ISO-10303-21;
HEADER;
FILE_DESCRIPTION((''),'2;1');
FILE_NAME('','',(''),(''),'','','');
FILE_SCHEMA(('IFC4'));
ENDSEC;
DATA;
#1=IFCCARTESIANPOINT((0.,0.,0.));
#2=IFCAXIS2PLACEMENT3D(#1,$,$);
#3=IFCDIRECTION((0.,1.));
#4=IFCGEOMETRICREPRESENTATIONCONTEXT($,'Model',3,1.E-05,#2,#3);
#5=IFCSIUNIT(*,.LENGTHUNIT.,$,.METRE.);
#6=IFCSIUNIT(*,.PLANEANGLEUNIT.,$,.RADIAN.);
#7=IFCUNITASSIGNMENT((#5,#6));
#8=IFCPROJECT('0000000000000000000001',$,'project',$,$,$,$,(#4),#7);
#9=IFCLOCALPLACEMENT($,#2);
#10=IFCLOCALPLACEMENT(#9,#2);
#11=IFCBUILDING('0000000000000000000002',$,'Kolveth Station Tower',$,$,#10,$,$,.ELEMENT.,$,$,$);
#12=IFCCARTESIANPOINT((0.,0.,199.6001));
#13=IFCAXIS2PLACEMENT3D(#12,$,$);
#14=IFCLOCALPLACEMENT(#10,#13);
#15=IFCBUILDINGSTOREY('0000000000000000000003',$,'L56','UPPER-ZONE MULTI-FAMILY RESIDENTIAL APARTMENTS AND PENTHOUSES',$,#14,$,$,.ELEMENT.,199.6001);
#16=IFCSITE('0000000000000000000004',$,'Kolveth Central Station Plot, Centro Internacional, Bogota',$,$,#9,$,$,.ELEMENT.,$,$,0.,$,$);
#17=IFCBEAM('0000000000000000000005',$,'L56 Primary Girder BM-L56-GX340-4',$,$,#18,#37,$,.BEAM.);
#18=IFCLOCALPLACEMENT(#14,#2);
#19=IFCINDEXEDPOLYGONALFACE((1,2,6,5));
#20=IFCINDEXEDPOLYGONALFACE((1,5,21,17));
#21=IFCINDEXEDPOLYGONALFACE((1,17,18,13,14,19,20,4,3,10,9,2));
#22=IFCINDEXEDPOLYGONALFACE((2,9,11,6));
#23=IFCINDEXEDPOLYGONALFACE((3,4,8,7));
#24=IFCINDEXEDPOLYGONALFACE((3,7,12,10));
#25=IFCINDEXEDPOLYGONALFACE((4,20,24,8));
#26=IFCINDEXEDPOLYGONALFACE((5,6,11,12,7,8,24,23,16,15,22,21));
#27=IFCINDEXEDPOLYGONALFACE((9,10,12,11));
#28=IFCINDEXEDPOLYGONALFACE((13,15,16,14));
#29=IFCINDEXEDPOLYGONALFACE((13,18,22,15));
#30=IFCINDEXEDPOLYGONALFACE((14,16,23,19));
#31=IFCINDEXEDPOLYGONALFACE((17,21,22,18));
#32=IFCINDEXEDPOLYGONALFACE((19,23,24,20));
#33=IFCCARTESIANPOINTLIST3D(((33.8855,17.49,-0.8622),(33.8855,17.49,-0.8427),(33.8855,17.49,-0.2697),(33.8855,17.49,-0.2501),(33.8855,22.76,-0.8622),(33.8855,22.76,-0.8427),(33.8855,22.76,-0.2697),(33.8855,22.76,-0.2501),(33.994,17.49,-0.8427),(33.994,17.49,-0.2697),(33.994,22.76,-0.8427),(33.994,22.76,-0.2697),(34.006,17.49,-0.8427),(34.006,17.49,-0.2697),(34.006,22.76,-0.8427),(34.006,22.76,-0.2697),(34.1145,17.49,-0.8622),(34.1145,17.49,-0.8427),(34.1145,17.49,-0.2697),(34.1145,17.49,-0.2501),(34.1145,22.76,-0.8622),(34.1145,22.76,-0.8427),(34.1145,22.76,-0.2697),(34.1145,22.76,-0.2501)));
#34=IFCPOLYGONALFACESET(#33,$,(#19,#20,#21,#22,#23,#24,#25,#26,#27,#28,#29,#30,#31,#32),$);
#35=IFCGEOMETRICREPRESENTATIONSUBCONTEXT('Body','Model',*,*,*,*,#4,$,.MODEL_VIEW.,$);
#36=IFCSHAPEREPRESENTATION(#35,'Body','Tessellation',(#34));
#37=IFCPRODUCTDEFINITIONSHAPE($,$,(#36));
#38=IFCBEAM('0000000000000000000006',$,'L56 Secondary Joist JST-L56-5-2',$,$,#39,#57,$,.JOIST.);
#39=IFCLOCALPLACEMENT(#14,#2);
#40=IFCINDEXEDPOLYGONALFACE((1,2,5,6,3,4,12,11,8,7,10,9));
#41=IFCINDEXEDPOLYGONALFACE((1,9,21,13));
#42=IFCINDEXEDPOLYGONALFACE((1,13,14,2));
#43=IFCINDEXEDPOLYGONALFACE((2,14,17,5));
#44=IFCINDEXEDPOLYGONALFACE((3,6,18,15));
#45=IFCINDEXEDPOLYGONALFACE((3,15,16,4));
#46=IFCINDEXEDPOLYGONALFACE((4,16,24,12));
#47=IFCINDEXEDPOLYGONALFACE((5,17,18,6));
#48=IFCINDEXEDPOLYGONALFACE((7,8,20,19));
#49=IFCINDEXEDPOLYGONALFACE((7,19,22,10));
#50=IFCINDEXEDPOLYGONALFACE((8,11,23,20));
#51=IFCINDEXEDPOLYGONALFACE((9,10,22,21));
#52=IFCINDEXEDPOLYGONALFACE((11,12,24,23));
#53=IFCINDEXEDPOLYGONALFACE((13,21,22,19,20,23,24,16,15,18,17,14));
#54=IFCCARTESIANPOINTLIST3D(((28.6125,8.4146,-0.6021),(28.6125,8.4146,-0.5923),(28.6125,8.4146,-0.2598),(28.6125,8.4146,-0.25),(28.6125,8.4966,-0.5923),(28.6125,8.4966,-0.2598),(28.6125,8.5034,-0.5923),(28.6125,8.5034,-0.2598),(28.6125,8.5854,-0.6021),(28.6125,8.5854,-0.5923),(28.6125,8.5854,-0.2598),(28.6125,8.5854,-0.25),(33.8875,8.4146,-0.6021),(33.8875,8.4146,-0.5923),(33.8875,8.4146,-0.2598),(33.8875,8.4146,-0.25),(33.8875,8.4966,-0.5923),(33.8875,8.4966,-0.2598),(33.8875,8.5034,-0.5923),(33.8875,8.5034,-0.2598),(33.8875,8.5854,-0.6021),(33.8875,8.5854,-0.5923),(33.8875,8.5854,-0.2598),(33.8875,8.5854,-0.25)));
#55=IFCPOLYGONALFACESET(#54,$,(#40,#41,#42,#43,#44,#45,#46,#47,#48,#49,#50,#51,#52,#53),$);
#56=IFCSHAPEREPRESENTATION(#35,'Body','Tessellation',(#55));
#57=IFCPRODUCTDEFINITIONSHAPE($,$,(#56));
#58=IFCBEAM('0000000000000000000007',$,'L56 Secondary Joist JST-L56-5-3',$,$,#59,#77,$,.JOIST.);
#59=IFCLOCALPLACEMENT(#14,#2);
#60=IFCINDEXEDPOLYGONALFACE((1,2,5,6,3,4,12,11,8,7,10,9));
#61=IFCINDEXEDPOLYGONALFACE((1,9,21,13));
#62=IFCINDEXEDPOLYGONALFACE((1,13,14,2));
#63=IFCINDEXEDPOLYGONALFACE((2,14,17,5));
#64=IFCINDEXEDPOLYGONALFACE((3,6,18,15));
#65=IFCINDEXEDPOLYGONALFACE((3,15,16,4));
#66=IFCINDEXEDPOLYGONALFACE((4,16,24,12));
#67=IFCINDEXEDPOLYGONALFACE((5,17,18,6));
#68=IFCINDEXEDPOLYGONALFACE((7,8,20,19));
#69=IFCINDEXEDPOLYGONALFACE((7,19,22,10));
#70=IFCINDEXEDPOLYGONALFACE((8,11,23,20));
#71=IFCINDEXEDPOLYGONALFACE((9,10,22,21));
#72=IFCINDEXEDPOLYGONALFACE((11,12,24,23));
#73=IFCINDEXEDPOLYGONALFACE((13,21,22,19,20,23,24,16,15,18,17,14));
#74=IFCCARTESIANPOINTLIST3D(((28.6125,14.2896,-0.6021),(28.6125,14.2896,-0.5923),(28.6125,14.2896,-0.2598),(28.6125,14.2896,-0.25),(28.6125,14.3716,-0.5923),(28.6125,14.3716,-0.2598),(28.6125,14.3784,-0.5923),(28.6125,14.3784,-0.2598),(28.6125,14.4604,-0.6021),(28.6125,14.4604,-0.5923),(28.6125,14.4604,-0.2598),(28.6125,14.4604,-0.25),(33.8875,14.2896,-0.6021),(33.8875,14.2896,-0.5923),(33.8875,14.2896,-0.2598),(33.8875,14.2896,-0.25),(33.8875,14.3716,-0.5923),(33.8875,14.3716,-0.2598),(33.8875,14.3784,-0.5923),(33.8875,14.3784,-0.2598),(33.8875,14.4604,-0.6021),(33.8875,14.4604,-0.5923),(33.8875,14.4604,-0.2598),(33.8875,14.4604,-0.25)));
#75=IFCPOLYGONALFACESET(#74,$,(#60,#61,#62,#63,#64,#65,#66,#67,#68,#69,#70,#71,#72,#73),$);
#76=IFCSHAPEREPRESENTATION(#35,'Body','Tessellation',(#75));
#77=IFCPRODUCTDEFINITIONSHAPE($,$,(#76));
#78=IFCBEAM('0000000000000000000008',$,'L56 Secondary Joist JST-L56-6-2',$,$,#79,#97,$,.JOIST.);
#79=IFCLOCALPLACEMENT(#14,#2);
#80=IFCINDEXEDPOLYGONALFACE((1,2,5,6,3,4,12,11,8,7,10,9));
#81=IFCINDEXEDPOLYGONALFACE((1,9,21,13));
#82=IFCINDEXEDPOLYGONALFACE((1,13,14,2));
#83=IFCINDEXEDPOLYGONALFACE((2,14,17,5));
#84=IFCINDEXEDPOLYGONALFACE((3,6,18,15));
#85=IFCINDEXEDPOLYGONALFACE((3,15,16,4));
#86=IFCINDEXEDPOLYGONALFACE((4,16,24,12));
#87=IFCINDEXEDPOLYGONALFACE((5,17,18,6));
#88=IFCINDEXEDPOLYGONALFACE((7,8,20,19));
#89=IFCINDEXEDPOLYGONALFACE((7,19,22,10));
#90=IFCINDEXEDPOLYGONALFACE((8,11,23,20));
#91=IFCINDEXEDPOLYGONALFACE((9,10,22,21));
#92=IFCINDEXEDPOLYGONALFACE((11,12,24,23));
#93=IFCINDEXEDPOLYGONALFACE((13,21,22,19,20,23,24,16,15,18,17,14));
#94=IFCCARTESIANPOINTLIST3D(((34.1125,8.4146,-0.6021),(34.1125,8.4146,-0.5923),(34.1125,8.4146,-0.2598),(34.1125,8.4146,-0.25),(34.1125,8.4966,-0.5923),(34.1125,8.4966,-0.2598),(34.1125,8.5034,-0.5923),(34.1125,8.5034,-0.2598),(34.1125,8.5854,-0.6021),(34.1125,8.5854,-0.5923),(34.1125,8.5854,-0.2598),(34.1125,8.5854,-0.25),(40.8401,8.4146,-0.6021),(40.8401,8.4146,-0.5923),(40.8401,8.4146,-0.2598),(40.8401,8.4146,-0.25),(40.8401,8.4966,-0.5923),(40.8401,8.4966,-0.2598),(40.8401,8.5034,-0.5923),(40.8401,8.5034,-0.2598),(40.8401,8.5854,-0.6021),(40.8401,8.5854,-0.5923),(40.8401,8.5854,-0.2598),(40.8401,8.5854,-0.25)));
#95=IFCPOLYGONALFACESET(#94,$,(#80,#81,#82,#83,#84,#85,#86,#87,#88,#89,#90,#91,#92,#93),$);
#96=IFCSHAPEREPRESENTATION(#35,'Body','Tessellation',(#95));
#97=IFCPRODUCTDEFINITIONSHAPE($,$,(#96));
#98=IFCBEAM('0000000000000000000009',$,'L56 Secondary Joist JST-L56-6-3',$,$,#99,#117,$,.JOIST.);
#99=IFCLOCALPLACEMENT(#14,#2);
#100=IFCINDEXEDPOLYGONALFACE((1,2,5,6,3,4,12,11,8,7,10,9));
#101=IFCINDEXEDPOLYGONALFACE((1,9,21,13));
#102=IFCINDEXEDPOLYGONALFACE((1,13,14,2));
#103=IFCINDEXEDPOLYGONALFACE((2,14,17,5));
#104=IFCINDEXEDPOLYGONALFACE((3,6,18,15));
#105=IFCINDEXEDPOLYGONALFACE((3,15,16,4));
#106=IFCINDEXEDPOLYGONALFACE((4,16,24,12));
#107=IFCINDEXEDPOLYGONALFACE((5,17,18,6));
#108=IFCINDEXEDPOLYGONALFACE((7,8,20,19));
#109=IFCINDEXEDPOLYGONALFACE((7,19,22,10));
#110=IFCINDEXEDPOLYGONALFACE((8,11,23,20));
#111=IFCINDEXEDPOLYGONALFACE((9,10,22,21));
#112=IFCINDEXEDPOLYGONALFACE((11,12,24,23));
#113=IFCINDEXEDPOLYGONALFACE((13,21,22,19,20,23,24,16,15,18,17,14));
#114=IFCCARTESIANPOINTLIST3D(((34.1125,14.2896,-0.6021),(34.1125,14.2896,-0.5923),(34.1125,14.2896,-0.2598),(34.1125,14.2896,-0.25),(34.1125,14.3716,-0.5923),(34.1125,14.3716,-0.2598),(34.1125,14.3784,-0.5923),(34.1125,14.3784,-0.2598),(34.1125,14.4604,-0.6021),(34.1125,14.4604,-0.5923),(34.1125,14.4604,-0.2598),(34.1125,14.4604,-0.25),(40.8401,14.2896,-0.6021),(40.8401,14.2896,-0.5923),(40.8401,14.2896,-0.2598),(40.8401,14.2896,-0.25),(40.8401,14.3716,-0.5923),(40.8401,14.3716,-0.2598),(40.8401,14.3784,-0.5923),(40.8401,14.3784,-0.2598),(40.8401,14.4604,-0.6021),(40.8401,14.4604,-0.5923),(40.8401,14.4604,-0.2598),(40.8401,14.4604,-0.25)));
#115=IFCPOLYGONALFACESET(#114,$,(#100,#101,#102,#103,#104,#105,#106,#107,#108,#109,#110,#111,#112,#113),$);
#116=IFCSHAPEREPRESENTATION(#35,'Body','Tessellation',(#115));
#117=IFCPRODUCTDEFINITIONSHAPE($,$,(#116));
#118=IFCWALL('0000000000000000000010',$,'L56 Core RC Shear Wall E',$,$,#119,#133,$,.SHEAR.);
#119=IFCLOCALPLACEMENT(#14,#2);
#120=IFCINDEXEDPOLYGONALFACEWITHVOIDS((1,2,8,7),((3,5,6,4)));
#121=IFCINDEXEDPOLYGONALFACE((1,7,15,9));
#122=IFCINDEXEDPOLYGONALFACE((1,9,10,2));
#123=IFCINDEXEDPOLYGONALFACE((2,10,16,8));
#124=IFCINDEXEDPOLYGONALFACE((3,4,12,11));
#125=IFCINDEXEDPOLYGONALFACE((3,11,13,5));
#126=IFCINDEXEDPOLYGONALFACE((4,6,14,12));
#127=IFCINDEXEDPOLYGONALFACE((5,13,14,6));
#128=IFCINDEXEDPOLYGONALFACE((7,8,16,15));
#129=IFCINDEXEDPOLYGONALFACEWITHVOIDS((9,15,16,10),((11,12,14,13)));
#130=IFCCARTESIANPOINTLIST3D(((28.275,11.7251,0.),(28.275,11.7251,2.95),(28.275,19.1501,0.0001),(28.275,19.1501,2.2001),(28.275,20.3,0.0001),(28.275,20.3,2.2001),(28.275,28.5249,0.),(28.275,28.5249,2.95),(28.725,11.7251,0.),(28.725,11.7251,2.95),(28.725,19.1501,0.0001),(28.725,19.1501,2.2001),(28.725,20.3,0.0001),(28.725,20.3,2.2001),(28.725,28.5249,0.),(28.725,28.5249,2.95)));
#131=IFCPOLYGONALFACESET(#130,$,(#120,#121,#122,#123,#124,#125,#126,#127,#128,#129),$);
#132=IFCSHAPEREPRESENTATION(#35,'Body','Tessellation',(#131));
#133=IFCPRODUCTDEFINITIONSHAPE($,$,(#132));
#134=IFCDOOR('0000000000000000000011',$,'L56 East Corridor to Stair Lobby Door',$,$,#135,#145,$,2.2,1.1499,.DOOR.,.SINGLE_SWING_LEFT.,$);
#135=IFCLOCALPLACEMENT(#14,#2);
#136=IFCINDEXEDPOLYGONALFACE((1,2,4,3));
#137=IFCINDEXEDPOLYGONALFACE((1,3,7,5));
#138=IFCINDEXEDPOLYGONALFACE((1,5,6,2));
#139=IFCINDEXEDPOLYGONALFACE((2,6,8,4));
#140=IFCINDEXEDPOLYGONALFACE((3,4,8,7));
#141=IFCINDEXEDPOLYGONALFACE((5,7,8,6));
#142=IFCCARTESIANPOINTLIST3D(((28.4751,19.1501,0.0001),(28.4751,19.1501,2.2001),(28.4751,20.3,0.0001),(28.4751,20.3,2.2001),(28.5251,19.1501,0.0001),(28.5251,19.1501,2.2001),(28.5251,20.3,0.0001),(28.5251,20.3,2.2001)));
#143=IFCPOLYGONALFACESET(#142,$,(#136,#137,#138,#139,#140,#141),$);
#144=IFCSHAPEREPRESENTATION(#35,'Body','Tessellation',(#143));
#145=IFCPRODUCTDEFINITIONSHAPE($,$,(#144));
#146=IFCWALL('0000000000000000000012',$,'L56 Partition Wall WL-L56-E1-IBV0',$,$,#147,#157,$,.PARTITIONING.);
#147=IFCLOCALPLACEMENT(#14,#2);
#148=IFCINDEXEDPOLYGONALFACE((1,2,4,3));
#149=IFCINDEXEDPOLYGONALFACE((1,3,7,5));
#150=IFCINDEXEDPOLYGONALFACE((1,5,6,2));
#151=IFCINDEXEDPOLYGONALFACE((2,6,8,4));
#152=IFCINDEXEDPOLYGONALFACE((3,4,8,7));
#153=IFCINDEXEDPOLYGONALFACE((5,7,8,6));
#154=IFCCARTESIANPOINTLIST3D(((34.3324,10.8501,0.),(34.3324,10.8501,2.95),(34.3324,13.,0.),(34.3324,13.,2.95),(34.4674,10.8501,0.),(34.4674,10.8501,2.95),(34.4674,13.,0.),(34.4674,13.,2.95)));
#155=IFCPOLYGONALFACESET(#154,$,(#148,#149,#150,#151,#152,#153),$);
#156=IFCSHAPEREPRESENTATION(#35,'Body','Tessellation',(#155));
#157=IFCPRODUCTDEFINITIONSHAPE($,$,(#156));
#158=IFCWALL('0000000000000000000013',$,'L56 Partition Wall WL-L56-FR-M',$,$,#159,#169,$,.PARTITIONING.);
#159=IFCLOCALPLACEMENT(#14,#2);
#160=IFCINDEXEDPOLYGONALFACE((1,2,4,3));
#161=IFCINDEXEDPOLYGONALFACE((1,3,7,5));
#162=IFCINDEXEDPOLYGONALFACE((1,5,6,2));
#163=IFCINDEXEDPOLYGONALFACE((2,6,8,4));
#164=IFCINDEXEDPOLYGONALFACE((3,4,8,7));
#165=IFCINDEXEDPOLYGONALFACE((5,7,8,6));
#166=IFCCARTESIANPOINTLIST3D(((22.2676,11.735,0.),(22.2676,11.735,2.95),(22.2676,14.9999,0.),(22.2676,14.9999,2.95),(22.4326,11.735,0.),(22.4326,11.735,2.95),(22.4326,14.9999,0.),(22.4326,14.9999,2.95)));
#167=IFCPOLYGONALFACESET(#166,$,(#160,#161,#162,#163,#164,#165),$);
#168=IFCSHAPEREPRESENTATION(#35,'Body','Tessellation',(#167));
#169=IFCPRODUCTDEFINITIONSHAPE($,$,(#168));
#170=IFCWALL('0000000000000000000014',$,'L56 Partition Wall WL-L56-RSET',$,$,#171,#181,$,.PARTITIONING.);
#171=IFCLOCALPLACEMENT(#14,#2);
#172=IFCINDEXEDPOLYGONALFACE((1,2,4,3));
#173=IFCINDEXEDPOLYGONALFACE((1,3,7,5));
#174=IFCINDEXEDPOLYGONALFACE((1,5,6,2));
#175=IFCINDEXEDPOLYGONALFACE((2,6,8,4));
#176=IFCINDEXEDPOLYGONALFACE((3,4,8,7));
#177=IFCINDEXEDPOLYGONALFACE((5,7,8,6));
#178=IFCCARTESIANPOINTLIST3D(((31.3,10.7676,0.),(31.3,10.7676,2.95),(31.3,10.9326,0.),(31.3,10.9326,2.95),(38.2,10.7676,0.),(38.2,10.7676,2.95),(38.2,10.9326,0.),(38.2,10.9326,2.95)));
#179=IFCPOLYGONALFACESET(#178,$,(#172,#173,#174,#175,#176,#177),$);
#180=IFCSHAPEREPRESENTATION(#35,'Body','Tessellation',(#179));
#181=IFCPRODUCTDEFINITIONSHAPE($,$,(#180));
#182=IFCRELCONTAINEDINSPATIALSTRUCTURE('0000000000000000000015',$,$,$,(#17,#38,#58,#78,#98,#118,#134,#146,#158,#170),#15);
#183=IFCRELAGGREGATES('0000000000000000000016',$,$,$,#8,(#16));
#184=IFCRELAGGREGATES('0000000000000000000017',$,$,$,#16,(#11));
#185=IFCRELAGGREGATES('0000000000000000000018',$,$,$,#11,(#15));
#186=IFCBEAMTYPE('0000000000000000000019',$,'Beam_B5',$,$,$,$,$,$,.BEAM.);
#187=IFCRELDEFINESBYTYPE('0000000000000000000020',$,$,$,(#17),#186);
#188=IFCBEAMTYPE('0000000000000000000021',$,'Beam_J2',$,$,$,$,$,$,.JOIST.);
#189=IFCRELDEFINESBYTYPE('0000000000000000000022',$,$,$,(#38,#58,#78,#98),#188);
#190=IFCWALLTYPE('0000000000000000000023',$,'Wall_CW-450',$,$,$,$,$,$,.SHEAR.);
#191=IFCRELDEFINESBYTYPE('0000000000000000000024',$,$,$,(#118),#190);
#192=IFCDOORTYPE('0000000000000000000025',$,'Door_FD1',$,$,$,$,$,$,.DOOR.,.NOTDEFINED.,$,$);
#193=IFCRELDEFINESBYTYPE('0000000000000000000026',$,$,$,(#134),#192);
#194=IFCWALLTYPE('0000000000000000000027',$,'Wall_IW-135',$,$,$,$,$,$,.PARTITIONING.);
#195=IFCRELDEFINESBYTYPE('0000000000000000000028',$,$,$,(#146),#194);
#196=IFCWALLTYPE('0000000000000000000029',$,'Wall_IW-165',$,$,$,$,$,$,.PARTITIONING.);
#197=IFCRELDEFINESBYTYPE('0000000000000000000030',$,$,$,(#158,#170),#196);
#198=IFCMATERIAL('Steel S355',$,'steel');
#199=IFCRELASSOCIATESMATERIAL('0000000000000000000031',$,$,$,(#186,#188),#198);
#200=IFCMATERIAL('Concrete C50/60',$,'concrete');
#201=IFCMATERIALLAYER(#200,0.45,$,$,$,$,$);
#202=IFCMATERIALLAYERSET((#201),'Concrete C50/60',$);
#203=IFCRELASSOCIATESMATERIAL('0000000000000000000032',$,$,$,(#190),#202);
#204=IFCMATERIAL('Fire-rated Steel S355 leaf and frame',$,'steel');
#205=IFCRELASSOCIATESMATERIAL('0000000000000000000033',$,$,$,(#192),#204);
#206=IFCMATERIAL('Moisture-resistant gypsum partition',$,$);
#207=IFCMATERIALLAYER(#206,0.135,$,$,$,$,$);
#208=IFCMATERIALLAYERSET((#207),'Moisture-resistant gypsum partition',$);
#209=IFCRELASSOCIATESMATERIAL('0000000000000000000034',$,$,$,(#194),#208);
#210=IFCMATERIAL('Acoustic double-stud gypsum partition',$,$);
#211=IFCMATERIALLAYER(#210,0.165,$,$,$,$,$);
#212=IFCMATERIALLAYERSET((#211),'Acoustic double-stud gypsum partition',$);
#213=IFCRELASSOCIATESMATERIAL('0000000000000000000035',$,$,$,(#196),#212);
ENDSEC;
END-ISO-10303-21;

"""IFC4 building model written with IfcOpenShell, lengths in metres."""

from ifc_helpers import new_model, si_unit, direction, frame, frame_2d, origin, origin_2d, place, context, subcontext, project, spatial, rectangle, i_section, extrude, source, transform, mapped, material, layer, layer_set, material_profile, profile_set, type_object, element, fill, save


model = new_model("IFC4")

# Units and contexts
model_context = context("Model", 3, precision=1e-05, world=origin(), true_north=direction((0.0, 1.0)))
body_context = subcontext(model_context, "Body", "Model", "MODEL_VIEW")
ifc_project = project(units=[si_unit("LENGTHUNIT", "METRE"), si_unit("PLANEANGLEUNIT", "RADIAN")], contexts=[model_context])

# Site, building, storey
site_placement = place(None, origin())
site = spatial("IfcSite", under=ifc_project, at=site_placement, Name="Kolveth Central Station Plot, Centro Internacional, Bogota", CompositionType="ELEMENT", RefElevation=0.0)
building_placement = place(site_placement, origin())
building = spatial("IfcBuilding", under=site, at=building_placement, Name="Kolveth Station Tower", CompositionType="ELEMENT")
storey_placement = place(building_placement, frame((0.0, 0.0, 199.6001)))
storey = spatial("IfcBuildingStorey", under=building, at=storey_placement, Name="L56", Description="UPPER-ZONE MULTI-FAMILY RESIDENTIAL APARTMENTS AND PENTHOUSES", CompositionType="ELEMENT", Elevation=199.6001)

# Shared definitions
ifc_material_1 = material(Name="Steel S355", Category="steel")

# Beams
ifc_material_profile_1 = material_profile(ifc_material_1, i_section(OverallWidth=0.229, OverallDepth=0.6121, WebThickness=0.012, FlangeThickness=0.0195, at=origin_2d()), Name="W610x125")
ifc_profile_set_1 = profile_set([ifc_material_profile_1], Name="Steel S355")
beam_type_1 = type_object("IfcBeamType", Name="Beam_B5", PredefinedType="BEAM", material=ifc_profile_set_1)
shared_shape_1 = source(origin(), body_context, "Body", "SweptSolid", [
    extrude(i_section(OverallWidth=0.229, OverallDepth=0.6121, WebThickness=0.012, FlangeThickness=0.0195, at=origin_2d()), origin(), (0.0, 0.0, 1.0), 5.27),
])
for number, where, z_axis, x_axis, name in (
    (1, (34.0, 17.49, -0.5562), (0.0, 1.0, 0.0), (-1.0, 0.0, 0.0), "L56 Primary Girder BM-L56-GX340-4"),
):
    element("IfcBeam", number, at=place(storey_placement, frame(where, z_axis=z_axis, x_axis=x_axis)), inside=storey, type_object=beam_type_1, Name=name, PredefinedType="BEAM", context=body_context, shape_type="MappedRepresentation", body=[
        mapped(shared_shape_1, transform((0.0, 0.0, 0.0), x_axis=(1.0, 0.0, 0.0), y_axis=(0.0, 1.0, 0.0), z_axis=(0.0, 0.0, 1.0), scale=1.0)),
    ])
ifc_material_profile_2 = material_profile(ifc_material_1, i_section(OverallWidth=0.1709, OverallDepth=0.3521, WebThickness=0.0068, FlangeThickness=0.0098, at=origin_2d()), Name="W360x44")
ifc_profile_set_2 = profile_set([ifc_material_profile_2], Name="Steel S355")
beam_type_2 = type_object("IfcBeamType", Name="Beam_J2", PredefinedType="JOIST", material=ifc_profile_set_2)
shared_shape_2 = source(origin(), body_context, "Body", "SweptSolid", [
    extrude(i_section(OverallWidth=0.1709, OverallDepth=0.3521, WebThickness=0.0068, FlangeThickness=0.0098, at=origin_2d()), origin(), (0.0, 0.0, 1.0), 5.2749),
])
for number, where, z_axis, x_axis, name in (
    (2, (28.6125, 8.5, -0.426), (1.0, 0.0, 0.0), (0.0, 1.0, 0.0), "L56 Secondary Joist JST-L56-5-2"),
    (3, (28.6125, 14.375, -0.426), (1.0, 0.0, 0.0), (0.0, 1.0, 0.0), "L56 Secondary Joist JST-L56-5-3"),
):
    element("IfcBeam", number, at=place(storey_placement, frame(where, z_axis=z_axis, x_axis=x_axis)), inside=storey, type_object=beam_type_2, Name=name, PredefinedType="JOIST", context=body_context, shape_type="MappedRepresentation", body=[
        mapped(shared_shape_2, transform((0.0, 0.0, 0.0), x_axis=(1.0, 0.0, 0.0), y_axis=(0.0, 1.0, 0.0), z_axis=(0.0, 0.0, 1.0), scale=1.0)),
    ])
shared_shape_3 = source(origin(), body_context, "Body", "SweptSolid", [
    extrude(i_section(OverallWidth=0.1709, OverallDepth=0.3521, WebThickness=0.0068, FlangeThickness=0.0098, at=origin_2d()), origin(), (0.0, 0.0, 1.0), 6.7275),
])
for number, where, z_axis, x_axis, name in (
    (4, (34.1125, 8.5, -0.426), (1.0, 0.0, 0.0), (0.0, 1.0, 0.0), "L56 Secondary Joist JST-L56-6-2"),
    (5, (34.1125, 14.375, -0.426), (1.0, 0.0, 0.0), (0.0, 1.0, 0.0), "L56 Secondary Joist JST-L56-6-3"),
):
    element("IfcBeam", number, at=place(storey_placement, frame(where, z_axis=z_axis, x_axis=x_axis)), inside=storey, type_object=beam_type_2, Name=name, PredefinedType="JOIST", context=body_context, shape_type="MappedRepresentation", body=[
        mapped(shared_shape_3, transform((0.0, 0.0, 0.0), x_axis=(1.0, 0.0, 0.0), y_axis=(0.0, 1.0, 0.0), z_axis=(0.0, 0.0, 1.0), scale=1.0)),
    ])

# Wall, opening, door
ifc_material_2 = material(Name="Concrete C50/60", Category="concrete")
ifc_layer_1 = layer(ifc_material_2, 0.45)
ifc_layer_set_1 = layer_set([ifc_layer_1], Name="Concrete C50/60")
wall_type_1 = type_object("IfcWallType", Name="Wall_CW-450", PredefinedType="SHEAR", material=ifc_layer_set_1)
wall_1_placement = place(storey_placement, frame((28.5, 11.7251, 0.0), z_axis=(0.0, 0.0, 1.0), x_axis=(0.0, 1.0, 0.0)))
wall_1 = element("IfcWall", 6, at=wall_1_placement, inside=storey, type_object=wall_type_1, Name="L56 Core RC Shear Wall E", PredefinedType="SHEAR", context=body_context, shape_type="SweptSolid", body=[
    extrude(rectangle(XDim=16.7998, YDim=0.45, at=frame_2d((8.3999, 0.0))), origin(), (0.0, 0.0, 1.0), 2.95),
])
opening_1_placement = place(wall_1_placement, frame((7.425, 0.0, 0.0)))
opening_1 = element("IfcOpeningElement", 7, at=opening_1_placement, cuts=wall_1, PredefinedType="OPENING", context=body_context, shape_type="SweptSolid", body=[
    extrude(rectangle(XDim=1.1499, YDim=2.2, at=frame_2d((0.575, 1.1001))), frame((0.0, 0.2349, 0.0), z_axis=(0.0, -1.0, 0.0), x_axis=(1.0, 0.0, 0.0)), (0.0, 0.0, 1.0), 0.47),
])
ifc_material_3 = material(Name="Fire-rated Steel S355 leaf and frame", Category="steel")
door_type_1 = type_object("IfcDoorType", Name="Door_FD1", OperationType="NOTDEFINED", PredefinedType="DOOR", material=ifc_material_3)
door_1_placement = place(opening_1_placement, origin())
door_1 = element("IfcDoor", 8, at=door_1_placement, inside=storey, type_object=door_type_1, Name="L56 East Corridor to Stair Lobby Door", OperationType="SINGLE_SWING_LEFT", OverallHeight=2.2, OverallWidth=1.1499, PredefinedType="DOOR", context=body_context, shape_type="SweptSolid", body=[
    extrude(rectangle(XDim=1.1499, YDim=2.2, at=frame_2d((0.575, 1.1001))), frame((0.0, 0.0249, 0.0), z_axis=(0.0, -1.0, 0.0), x_axis=(1.0, 0.0, 0.0)), (0.0, 0.0, 1.0), 0.05),
])
fill(opening_1, door_1)
ifc_material_4 = material(Name="Moisture-resistant gypsum partition")
ifc_layer_2 = layer(ifc_material_4, 0.135)
ifc_layer_set_2 = layer_set([ifc_layer_2], Name="Moisture-resistant gypsum partition")
wall_type_2 = type_object("IfcWallType", Name="Wall_IW-135", PredefinedType="PARTITIONING", material=ifc_layer_set_2)

# Walls
wall_2_placement = place(storey_placement, frame((34.3999, 10.8501, 0.0), z_axis=(0.0, 0.0, 1.0), x_axis=(0.0, 1.0, 0.0)))
element("IfcWall", 9, at=wall_2_placement, inside=storey, type_object=wall_type_2, Name="L56 Partition Wall WL-L56-E1-IBV0", PredefinedType="PARTITIONING", context=body_context, shape_type="SweptSolid", body=[
    extrude(rectangle(XDim=2.1499, YDim=0.135, at=frame_2d((1.075, 0.0))), origin(), (0.0, 0.0, 1.0), 2.95),
])
ifc_material_5 = material(Name="Acoustic double-stud gypsum partition")
ifc_layer_3 = layer(ifc_material_5, 0.165)
ifc_layer_set_3 = layer_set([ifc_layer_3], Name="Acoustic double-stud gypsum partition")
wall_type_3 = type_object("IfcWallType", Name="Wall_IW-165", PredefinedType="PARTITIONING", material=ifc_layer_set_3)
wall_3_placement = place(storey_placement, frame((22.3501, 11.7351, 0.0), z_axis=(0.0, 0.0, 1.0), x_axis=(0.0, 1.0, 0.0)))
element("IfcWall", 10, at=wall_3_placement, inside=storey, type_object=wall_type_3, Name="L56 Partition Wall WL-L56-FR-M", PredefinedType="PARTITIONING", context=body_context, shape_type="SweptSolid", body=[
    extrude(rectangle(XDim=3.2649, YDim=0.165, at=frame_2d((1.6323, 0.0))), origin(), (0.0, 0.0, 1.0), 2.95),
])
wall_4_placement = place(storey_placement, frame((31.3, 10.8501, 0.0), z_axis=(0.0, 0.0, 1.0), x_axis=(1.0, 0.0, 0.0)))
element("IfcWall", 11, at=wall_4_placement, inside=storey, type_object=wall_type_3, Name="L56 Partition Wall WL-L56-RSET", PredefinedType="PARTITIONING", context=body_context, shape_type="SweptSolid", body=[
    extrude(rectangle(XDim=6.8999, YDim=0.165, at=frame_2d((3.45, 0.0))), origin(), (0.0, 0.0, 1.0), 2.95),
])

save(model, "model.ifc")
